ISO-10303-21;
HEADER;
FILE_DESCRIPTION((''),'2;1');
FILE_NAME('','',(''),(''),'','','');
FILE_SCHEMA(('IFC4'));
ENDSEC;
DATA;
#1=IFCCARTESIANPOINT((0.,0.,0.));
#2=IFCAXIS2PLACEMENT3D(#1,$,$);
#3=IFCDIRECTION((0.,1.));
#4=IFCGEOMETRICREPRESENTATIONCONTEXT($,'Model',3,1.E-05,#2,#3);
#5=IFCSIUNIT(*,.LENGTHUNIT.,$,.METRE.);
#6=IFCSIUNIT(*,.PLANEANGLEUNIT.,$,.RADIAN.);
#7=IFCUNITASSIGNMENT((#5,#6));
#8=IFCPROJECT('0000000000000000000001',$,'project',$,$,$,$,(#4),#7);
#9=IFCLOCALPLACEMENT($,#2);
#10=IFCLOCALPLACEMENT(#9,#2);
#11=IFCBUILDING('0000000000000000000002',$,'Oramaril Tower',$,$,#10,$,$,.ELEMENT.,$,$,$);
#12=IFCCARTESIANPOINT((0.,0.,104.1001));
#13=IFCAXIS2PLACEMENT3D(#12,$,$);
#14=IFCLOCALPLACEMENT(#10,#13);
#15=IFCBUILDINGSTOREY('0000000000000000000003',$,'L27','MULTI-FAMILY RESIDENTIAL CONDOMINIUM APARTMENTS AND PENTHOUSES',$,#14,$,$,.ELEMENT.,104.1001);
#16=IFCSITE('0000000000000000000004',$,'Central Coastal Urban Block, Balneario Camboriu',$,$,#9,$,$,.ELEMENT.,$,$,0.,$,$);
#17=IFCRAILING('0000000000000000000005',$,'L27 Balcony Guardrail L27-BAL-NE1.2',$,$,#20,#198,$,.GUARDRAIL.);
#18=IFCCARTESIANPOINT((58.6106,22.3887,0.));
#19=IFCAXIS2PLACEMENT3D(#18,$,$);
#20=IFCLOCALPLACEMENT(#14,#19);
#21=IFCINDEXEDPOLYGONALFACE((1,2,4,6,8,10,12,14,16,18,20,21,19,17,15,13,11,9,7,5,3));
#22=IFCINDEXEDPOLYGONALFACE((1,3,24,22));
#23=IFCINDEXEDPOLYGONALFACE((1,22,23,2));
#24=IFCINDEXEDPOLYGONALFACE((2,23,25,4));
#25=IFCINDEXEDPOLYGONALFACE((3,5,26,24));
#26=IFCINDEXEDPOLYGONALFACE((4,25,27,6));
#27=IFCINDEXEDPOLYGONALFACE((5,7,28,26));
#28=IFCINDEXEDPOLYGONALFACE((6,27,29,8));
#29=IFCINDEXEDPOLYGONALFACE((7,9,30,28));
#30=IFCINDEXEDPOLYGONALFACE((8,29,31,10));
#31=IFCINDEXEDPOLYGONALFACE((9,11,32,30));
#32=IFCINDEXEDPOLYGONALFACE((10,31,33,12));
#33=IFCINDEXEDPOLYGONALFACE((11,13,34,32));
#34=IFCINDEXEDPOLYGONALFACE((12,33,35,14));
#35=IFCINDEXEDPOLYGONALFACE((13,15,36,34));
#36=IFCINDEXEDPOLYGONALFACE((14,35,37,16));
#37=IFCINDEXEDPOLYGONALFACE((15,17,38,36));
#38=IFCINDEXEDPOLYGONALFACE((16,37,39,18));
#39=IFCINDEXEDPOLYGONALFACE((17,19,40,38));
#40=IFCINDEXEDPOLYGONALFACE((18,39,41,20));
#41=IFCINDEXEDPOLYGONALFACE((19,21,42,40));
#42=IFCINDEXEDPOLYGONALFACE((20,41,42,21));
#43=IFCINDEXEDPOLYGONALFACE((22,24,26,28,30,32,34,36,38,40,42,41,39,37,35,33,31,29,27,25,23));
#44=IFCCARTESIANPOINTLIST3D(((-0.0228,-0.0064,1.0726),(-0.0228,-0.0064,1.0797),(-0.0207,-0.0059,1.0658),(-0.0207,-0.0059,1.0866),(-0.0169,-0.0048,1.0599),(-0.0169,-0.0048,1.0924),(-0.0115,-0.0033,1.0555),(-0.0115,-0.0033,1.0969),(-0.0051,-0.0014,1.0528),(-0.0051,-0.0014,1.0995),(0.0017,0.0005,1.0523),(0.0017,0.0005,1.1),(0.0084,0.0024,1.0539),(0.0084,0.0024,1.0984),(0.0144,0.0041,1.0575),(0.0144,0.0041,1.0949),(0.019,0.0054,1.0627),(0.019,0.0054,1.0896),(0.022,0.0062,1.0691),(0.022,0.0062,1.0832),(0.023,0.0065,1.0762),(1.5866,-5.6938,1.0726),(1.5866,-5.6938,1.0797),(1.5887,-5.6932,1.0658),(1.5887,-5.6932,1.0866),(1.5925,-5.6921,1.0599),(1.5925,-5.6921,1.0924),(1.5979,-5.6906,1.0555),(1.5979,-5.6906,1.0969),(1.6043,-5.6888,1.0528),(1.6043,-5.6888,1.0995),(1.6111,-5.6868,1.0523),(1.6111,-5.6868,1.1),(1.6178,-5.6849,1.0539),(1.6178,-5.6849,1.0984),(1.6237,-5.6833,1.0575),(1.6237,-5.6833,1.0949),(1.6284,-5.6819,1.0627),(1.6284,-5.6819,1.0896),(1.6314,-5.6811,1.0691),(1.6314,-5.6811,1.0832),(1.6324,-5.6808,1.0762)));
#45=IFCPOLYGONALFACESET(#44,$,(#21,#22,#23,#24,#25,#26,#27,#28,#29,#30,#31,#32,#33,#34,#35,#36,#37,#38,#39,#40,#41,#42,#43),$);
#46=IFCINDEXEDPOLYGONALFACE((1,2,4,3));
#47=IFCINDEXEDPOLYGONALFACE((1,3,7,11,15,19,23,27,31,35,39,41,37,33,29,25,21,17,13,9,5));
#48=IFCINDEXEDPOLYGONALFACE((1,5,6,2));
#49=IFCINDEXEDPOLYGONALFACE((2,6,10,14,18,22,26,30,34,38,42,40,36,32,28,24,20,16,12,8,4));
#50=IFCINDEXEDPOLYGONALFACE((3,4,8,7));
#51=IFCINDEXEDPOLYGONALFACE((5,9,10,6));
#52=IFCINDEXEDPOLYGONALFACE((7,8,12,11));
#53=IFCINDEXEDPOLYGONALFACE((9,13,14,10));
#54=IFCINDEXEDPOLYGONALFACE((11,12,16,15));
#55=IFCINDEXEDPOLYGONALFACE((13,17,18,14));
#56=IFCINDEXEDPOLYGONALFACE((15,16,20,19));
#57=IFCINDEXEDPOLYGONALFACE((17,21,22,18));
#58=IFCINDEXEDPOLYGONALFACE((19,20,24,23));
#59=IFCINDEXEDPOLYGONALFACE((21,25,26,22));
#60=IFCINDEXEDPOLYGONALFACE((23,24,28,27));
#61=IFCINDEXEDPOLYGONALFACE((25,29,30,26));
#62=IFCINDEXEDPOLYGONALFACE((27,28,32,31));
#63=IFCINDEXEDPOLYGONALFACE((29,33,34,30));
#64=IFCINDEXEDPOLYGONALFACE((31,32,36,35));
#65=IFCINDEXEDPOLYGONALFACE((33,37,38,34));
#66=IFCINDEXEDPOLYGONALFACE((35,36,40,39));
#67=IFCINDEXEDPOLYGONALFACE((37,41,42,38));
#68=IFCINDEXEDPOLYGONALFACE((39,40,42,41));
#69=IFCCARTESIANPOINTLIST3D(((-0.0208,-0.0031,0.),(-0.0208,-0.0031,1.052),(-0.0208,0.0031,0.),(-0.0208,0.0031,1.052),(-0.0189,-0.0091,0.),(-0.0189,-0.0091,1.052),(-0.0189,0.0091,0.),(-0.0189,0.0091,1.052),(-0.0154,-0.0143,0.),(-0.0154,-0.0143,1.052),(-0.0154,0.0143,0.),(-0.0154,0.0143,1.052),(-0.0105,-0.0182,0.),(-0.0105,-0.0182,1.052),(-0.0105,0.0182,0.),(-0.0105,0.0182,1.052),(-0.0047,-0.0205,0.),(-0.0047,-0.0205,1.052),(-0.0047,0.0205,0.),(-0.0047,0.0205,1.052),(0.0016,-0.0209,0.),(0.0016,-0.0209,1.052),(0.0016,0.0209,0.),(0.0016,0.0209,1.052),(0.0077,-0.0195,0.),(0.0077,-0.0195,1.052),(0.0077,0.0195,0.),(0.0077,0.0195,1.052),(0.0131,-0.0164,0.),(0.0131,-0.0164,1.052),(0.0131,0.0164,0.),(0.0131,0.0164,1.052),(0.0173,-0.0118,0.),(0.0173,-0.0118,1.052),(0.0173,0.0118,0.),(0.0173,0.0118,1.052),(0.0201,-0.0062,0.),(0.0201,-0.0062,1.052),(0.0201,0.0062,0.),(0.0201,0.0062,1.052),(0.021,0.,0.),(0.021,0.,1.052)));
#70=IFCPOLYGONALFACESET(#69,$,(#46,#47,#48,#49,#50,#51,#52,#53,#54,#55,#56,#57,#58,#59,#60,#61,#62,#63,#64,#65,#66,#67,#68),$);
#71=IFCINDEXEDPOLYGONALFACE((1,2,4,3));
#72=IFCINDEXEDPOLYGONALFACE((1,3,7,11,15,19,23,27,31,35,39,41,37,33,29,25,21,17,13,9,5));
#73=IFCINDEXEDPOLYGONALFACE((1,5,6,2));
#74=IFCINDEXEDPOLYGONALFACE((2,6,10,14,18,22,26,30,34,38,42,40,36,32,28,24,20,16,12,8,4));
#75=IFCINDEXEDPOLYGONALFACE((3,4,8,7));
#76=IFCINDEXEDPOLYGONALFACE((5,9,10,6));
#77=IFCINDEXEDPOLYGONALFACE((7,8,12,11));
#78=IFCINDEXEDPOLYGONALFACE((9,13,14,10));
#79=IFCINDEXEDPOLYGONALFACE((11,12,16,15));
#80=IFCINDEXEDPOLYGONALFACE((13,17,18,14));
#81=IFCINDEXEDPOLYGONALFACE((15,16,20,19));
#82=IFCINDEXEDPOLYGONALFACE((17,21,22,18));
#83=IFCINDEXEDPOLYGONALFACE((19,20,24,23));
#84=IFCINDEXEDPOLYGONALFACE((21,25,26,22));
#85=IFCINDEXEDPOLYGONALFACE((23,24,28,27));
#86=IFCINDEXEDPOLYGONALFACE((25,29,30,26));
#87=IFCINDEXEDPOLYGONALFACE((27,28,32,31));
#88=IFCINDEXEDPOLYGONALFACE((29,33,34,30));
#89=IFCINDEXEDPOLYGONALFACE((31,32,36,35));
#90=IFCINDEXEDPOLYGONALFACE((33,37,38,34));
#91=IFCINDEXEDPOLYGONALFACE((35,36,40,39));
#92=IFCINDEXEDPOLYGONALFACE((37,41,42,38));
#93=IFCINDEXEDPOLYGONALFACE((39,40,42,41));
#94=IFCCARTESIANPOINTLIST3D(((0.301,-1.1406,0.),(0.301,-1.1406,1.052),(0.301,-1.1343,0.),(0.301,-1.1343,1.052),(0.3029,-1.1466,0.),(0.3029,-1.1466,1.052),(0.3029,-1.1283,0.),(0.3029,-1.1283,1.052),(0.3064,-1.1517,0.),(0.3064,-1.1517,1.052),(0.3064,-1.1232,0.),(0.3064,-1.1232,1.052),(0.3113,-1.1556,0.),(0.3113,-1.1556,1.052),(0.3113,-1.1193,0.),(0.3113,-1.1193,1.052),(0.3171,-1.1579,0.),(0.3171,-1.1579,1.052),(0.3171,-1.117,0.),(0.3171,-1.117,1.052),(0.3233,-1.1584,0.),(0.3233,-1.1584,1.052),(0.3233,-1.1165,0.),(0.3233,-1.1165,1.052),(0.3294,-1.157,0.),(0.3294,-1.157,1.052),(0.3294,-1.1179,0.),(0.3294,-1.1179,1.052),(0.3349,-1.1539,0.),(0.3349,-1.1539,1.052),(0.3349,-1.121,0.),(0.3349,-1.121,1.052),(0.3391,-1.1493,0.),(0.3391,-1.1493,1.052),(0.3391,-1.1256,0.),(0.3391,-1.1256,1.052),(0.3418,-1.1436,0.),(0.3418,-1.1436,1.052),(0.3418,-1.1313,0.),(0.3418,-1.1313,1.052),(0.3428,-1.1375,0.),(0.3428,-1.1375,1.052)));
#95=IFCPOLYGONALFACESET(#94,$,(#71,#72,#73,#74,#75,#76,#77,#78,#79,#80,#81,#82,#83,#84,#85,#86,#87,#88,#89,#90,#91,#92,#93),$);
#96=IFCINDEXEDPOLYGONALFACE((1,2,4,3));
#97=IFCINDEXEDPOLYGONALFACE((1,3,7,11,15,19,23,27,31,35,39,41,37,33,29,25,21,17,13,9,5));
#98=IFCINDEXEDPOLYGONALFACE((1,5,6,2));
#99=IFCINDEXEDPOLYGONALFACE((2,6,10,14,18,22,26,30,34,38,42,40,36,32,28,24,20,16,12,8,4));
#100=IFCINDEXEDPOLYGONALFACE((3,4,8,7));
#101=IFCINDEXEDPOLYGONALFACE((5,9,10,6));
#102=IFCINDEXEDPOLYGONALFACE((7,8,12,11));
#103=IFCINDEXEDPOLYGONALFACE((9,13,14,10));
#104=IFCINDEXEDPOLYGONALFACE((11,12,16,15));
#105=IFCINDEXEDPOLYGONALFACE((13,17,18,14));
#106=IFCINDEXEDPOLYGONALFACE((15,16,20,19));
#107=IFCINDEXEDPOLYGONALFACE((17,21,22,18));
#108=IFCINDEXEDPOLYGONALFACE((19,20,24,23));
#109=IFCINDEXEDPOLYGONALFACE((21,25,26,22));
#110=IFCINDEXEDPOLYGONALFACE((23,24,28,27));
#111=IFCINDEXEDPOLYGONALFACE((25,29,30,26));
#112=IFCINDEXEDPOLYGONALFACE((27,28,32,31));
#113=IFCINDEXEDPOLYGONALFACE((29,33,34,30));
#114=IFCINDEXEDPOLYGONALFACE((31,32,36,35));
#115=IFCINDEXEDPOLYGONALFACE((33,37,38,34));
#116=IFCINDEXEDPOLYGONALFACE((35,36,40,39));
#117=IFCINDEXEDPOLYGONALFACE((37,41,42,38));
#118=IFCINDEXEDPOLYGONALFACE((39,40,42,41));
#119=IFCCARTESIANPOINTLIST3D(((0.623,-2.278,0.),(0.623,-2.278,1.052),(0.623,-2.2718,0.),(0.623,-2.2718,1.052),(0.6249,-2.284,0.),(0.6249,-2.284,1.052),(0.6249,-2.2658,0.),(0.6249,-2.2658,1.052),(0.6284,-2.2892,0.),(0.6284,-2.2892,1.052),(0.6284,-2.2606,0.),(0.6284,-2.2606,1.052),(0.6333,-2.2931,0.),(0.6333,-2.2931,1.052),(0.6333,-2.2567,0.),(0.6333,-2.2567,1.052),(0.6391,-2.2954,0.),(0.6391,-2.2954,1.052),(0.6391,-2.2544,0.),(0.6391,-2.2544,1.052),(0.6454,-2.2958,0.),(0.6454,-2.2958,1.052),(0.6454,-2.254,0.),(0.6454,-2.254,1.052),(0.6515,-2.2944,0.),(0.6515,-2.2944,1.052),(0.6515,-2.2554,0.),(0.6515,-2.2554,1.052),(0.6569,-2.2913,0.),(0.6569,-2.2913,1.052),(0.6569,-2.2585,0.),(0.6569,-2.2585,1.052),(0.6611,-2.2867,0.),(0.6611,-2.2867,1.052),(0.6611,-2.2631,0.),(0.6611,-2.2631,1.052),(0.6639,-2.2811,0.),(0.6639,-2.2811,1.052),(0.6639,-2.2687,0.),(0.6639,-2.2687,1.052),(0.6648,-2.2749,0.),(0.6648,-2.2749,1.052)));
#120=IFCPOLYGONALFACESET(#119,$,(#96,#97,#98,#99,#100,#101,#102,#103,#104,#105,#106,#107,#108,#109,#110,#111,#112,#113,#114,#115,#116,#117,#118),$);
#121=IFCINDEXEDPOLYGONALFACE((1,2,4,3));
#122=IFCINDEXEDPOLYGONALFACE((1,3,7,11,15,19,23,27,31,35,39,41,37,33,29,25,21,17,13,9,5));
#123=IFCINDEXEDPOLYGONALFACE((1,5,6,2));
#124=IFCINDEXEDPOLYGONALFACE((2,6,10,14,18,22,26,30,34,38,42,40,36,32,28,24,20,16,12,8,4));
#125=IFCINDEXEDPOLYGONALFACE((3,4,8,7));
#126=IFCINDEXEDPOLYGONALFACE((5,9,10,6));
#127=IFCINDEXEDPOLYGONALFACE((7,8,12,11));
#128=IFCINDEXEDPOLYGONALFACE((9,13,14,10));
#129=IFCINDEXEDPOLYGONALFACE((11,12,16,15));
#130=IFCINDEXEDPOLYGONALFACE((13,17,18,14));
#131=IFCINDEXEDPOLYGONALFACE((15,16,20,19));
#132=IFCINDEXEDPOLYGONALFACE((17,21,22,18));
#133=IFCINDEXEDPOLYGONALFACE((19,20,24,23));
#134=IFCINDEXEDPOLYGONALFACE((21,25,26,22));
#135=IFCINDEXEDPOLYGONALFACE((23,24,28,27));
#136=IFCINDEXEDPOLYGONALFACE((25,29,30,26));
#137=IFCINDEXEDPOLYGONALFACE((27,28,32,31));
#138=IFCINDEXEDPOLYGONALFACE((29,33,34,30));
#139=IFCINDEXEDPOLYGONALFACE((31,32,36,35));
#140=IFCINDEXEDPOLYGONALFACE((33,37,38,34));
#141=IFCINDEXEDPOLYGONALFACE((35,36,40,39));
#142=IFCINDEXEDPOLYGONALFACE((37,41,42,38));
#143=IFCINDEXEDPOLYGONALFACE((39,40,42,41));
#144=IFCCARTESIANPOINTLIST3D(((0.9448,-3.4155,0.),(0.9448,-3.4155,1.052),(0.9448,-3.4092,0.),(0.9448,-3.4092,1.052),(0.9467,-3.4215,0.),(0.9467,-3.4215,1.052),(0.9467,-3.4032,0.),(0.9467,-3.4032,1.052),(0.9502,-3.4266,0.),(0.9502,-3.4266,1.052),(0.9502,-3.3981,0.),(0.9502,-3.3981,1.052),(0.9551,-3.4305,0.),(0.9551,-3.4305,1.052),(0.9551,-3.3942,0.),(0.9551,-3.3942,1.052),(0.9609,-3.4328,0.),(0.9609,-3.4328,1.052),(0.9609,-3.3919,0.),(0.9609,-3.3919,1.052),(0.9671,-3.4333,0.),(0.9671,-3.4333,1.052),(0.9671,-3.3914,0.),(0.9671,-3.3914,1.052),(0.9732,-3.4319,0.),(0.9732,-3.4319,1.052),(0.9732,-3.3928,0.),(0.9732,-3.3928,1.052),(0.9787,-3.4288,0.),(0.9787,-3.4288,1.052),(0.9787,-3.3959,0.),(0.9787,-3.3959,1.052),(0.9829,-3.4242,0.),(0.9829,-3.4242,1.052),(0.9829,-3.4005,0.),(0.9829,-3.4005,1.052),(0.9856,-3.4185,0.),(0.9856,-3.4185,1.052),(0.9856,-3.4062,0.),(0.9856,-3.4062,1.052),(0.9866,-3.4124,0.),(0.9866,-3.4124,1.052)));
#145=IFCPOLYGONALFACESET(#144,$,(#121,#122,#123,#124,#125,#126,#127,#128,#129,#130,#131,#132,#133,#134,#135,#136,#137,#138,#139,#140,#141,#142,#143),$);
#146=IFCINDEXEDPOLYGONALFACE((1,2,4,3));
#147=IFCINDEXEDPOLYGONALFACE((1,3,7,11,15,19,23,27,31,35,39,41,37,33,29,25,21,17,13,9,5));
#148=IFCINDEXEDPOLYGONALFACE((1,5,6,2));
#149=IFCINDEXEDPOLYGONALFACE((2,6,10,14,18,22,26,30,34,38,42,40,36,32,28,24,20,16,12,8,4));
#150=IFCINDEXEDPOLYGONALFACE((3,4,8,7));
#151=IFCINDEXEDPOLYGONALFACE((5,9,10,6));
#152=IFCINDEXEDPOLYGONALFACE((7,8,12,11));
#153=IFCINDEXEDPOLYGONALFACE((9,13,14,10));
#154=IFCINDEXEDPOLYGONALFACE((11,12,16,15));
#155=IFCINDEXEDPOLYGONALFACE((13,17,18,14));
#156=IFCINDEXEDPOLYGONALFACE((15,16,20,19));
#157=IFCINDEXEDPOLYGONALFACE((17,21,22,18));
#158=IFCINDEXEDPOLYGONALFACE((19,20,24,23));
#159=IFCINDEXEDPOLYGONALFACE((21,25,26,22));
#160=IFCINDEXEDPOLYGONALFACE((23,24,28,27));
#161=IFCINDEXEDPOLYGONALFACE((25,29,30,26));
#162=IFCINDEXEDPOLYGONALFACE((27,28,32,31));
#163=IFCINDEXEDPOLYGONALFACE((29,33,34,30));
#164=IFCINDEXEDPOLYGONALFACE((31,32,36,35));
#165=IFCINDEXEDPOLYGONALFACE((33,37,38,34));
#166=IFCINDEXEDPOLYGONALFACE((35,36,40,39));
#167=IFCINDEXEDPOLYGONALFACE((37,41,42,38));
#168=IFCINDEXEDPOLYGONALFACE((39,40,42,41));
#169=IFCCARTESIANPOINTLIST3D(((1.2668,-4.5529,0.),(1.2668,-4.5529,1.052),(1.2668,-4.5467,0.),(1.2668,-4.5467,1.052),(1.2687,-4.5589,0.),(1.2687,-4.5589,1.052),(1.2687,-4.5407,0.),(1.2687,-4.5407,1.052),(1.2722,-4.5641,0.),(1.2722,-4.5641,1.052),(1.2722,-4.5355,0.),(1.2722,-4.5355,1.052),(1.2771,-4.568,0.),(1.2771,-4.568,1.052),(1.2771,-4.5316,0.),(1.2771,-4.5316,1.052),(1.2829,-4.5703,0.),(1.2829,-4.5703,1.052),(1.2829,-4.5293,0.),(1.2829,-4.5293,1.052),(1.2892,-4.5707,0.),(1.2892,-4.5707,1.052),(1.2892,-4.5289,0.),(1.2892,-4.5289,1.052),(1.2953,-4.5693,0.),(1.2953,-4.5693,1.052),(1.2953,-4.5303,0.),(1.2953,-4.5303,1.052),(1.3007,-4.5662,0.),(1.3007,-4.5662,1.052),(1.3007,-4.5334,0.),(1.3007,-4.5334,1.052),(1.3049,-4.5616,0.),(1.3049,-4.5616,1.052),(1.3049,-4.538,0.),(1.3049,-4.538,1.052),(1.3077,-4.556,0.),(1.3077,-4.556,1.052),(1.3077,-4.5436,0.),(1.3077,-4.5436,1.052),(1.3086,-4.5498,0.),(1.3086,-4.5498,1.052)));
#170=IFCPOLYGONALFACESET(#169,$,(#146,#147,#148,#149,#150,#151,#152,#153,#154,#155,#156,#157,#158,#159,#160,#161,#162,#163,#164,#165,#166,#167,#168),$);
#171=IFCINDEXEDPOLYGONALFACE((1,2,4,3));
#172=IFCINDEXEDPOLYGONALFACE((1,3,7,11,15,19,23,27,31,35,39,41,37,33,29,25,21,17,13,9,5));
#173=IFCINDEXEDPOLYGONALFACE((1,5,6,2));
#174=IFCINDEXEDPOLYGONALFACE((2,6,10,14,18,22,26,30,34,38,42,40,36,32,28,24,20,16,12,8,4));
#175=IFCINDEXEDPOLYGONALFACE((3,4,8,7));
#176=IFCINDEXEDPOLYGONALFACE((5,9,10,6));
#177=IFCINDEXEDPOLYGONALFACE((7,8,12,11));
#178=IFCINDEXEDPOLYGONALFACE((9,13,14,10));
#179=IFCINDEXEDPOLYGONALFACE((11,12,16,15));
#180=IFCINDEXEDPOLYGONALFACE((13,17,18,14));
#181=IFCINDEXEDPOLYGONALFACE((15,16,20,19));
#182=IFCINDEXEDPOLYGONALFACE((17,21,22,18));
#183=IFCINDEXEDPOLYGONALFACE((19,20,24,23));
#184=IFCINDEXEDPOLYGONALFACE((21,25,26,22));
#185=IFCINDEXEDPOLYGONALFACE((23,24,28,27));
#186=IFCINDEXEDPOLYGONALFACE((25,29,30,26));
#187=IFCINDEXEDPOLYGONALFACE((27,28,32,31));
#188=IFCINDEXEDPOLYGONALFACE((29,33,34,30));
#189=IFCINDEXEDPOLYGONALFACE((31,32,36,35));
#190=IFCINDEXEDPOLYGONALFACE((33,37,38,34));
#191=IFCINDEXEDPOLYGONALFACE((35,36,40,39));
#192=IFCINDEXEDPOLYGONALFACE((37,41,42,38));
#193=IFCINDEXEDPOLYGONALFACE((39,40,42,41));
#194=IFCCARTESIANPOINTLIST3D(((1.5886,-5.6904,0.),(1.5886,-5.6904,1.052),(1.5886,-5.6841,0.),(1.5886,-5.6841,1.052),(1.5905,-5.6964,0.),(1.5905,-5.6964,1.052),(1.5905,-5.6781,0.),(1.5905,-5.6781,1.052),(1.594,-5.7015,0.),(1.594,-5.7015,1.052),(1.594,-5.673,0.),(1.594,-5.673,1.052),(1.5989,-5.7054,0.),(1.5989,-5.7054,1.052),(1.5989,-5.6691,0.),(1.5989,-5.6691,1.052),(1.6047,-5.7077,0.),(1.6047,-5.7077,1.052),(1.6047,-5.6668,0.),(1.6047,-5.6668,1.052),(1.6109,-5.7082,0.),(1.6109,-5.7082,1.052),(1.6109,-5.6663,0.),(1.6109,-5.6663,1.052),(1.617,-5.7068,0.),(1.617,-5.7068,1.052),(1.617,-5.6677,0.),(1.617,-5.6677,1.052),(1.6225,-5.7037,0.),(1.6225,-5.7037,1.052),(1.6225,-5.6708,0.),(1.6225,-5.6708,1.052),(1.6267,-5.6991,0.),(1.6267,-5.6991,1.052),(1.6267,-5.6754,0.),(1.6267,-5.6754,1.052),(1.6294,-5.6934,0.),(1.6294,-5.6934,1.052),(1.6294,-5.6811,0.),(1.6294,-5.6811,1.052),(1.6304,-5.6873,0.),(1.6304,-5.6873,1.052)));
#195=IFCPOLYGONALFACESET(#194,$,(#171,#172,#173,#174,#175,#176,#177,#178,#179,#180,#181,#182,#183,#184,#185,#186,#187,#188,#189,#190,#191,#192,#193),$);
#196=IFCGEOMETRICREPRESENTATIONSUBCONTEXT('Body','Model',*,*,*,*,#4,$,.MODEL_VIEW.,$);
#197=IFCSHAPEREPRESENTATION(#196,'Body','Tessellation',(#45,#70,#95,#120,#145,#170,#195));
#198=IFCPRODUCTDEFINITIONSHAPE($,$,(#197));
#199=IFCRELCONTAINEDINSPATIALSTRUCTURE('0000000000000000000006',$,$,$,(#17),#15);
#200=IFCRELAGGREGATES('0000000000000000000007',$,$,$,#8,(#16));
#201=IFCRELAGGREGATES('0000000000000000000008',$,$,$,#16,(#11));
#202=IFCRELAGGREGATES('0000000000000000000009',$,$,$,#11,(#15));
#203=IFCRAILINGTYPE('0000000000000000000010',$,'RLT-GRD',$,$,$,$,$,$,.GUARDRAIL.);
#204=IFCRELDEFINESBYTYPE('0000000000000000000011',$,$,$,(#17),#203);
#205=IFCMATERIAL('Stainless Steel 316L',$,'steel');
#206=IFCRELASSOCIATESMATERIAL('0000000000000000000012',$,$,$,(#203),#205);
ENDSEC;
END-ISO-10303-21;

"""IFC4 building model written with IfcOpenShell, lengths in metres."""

from ifc_helpers import new_model, si_unit, direction, frame, origin, origin_2d, place, context, subcontext, project, spatial, circle, extrude, material, type_object, element, save


model = new_model("IFC4")

# Units and contexts
model_context = context("Model", 3, precision=1e-05, world=origin(), true_north=direction((0.0, 1.0)))
body_context = subcontext(model_context, "Body", "Model", "MODEL_VIEW")
ifc_project = project(units=[si_unit("LENGTHUNIT", "METRE"), si_unit("PLANEANGLEUNIT", "RADIAN")], contexts=[model_context])

# Site, building, storey
site_placement = place(None, origin())
site = spatial("IfcSite", under=ifc_project, at=site_placement, Name="Central Coastal Urban Block, Balneario Camboriu", CompositionType="ELEMENT", RefElevation=0.0)
building_placement = place(site_placement, origin())
building = spatial("IfcBuilding", under=site, at=building_placement, Name="Oramaril Tower", CompositionType="ELEMENT")
storey_placement = place(building_placement, frame((0.0, 0.0, 104.1001)))
storey = spatial("IfcBuildingStorey", under=building, at=storey_placement, Name="L27", Description="MULTI-FAMILY RESIDENTIAL CONDOMINIUM APARTMENTS AND PENTHOUSES", CompositionType="ELEMENT", Elevation=104.1001)

# Railing
ifc_material_1 = material(Name="Stainless Steel 316L", Category="steel")
railing_type = type_object("IfcRailingType", Name="RLT-GRD", PredefinedType="GUARDRAIL", material=ifc_material_1)
railing_1_placement = place(storey_placement, frame((58.6106, 22.3887, 0.0)))
element("IfcRailing", 1, at=railing_1_placement, inside=storey, type_object=railing_type, Name="L27 Balcony Guardrail L27-BAL-NE1.2", PredefinedType="GUARDRAIL", context=body_context, shape_type="SweptSolid", body=[
    extrude(circle(Radius=0.0239, at=origin_2d()), frame((0.0, 0.0, 1.0762), z_axis=(0.272287, -0.962216, 0.0), x_axis=(0.962216, 0.272287, 0.0)), (0.0, 0.0, 1.0), 5.9106),
    extrude(circle(Radius=0.021, at=origin_2d()), origin(), (0.0, 0.0, 1.0), 1.052),
    extrude(circle(Radius=0.021, at=origin_2d()), frame((0.3218, -1.1375, 0.0)), (0.0, 0.0, 1.0), 1.052),
    extrude(circle(Radius=0.021, at=origin_2d()), frame((0.6438, -2.2749, 0.0)), (0.0, 0.0, 1.0), 1.052),
    extrude(circle(Radius=0.021, at=origin_2d()), frame((0.9656, -3.4124, 0.0)), (0.0, 0.0, 1.0), 1.052),
    extrude(circle(Radius=0.021, at=origin_2d()), frame((1.2876, -4.5498, 0.0)), (0.0, 0.0, 1.0), 1.052),
    extrude(circle(Radius=0.021, at=origin_2d()), frame((1.6094, -5.6873, 0.0)), (0.0, 0.0, 1.0), 1.052),
])

save(model, "model.ifc")
